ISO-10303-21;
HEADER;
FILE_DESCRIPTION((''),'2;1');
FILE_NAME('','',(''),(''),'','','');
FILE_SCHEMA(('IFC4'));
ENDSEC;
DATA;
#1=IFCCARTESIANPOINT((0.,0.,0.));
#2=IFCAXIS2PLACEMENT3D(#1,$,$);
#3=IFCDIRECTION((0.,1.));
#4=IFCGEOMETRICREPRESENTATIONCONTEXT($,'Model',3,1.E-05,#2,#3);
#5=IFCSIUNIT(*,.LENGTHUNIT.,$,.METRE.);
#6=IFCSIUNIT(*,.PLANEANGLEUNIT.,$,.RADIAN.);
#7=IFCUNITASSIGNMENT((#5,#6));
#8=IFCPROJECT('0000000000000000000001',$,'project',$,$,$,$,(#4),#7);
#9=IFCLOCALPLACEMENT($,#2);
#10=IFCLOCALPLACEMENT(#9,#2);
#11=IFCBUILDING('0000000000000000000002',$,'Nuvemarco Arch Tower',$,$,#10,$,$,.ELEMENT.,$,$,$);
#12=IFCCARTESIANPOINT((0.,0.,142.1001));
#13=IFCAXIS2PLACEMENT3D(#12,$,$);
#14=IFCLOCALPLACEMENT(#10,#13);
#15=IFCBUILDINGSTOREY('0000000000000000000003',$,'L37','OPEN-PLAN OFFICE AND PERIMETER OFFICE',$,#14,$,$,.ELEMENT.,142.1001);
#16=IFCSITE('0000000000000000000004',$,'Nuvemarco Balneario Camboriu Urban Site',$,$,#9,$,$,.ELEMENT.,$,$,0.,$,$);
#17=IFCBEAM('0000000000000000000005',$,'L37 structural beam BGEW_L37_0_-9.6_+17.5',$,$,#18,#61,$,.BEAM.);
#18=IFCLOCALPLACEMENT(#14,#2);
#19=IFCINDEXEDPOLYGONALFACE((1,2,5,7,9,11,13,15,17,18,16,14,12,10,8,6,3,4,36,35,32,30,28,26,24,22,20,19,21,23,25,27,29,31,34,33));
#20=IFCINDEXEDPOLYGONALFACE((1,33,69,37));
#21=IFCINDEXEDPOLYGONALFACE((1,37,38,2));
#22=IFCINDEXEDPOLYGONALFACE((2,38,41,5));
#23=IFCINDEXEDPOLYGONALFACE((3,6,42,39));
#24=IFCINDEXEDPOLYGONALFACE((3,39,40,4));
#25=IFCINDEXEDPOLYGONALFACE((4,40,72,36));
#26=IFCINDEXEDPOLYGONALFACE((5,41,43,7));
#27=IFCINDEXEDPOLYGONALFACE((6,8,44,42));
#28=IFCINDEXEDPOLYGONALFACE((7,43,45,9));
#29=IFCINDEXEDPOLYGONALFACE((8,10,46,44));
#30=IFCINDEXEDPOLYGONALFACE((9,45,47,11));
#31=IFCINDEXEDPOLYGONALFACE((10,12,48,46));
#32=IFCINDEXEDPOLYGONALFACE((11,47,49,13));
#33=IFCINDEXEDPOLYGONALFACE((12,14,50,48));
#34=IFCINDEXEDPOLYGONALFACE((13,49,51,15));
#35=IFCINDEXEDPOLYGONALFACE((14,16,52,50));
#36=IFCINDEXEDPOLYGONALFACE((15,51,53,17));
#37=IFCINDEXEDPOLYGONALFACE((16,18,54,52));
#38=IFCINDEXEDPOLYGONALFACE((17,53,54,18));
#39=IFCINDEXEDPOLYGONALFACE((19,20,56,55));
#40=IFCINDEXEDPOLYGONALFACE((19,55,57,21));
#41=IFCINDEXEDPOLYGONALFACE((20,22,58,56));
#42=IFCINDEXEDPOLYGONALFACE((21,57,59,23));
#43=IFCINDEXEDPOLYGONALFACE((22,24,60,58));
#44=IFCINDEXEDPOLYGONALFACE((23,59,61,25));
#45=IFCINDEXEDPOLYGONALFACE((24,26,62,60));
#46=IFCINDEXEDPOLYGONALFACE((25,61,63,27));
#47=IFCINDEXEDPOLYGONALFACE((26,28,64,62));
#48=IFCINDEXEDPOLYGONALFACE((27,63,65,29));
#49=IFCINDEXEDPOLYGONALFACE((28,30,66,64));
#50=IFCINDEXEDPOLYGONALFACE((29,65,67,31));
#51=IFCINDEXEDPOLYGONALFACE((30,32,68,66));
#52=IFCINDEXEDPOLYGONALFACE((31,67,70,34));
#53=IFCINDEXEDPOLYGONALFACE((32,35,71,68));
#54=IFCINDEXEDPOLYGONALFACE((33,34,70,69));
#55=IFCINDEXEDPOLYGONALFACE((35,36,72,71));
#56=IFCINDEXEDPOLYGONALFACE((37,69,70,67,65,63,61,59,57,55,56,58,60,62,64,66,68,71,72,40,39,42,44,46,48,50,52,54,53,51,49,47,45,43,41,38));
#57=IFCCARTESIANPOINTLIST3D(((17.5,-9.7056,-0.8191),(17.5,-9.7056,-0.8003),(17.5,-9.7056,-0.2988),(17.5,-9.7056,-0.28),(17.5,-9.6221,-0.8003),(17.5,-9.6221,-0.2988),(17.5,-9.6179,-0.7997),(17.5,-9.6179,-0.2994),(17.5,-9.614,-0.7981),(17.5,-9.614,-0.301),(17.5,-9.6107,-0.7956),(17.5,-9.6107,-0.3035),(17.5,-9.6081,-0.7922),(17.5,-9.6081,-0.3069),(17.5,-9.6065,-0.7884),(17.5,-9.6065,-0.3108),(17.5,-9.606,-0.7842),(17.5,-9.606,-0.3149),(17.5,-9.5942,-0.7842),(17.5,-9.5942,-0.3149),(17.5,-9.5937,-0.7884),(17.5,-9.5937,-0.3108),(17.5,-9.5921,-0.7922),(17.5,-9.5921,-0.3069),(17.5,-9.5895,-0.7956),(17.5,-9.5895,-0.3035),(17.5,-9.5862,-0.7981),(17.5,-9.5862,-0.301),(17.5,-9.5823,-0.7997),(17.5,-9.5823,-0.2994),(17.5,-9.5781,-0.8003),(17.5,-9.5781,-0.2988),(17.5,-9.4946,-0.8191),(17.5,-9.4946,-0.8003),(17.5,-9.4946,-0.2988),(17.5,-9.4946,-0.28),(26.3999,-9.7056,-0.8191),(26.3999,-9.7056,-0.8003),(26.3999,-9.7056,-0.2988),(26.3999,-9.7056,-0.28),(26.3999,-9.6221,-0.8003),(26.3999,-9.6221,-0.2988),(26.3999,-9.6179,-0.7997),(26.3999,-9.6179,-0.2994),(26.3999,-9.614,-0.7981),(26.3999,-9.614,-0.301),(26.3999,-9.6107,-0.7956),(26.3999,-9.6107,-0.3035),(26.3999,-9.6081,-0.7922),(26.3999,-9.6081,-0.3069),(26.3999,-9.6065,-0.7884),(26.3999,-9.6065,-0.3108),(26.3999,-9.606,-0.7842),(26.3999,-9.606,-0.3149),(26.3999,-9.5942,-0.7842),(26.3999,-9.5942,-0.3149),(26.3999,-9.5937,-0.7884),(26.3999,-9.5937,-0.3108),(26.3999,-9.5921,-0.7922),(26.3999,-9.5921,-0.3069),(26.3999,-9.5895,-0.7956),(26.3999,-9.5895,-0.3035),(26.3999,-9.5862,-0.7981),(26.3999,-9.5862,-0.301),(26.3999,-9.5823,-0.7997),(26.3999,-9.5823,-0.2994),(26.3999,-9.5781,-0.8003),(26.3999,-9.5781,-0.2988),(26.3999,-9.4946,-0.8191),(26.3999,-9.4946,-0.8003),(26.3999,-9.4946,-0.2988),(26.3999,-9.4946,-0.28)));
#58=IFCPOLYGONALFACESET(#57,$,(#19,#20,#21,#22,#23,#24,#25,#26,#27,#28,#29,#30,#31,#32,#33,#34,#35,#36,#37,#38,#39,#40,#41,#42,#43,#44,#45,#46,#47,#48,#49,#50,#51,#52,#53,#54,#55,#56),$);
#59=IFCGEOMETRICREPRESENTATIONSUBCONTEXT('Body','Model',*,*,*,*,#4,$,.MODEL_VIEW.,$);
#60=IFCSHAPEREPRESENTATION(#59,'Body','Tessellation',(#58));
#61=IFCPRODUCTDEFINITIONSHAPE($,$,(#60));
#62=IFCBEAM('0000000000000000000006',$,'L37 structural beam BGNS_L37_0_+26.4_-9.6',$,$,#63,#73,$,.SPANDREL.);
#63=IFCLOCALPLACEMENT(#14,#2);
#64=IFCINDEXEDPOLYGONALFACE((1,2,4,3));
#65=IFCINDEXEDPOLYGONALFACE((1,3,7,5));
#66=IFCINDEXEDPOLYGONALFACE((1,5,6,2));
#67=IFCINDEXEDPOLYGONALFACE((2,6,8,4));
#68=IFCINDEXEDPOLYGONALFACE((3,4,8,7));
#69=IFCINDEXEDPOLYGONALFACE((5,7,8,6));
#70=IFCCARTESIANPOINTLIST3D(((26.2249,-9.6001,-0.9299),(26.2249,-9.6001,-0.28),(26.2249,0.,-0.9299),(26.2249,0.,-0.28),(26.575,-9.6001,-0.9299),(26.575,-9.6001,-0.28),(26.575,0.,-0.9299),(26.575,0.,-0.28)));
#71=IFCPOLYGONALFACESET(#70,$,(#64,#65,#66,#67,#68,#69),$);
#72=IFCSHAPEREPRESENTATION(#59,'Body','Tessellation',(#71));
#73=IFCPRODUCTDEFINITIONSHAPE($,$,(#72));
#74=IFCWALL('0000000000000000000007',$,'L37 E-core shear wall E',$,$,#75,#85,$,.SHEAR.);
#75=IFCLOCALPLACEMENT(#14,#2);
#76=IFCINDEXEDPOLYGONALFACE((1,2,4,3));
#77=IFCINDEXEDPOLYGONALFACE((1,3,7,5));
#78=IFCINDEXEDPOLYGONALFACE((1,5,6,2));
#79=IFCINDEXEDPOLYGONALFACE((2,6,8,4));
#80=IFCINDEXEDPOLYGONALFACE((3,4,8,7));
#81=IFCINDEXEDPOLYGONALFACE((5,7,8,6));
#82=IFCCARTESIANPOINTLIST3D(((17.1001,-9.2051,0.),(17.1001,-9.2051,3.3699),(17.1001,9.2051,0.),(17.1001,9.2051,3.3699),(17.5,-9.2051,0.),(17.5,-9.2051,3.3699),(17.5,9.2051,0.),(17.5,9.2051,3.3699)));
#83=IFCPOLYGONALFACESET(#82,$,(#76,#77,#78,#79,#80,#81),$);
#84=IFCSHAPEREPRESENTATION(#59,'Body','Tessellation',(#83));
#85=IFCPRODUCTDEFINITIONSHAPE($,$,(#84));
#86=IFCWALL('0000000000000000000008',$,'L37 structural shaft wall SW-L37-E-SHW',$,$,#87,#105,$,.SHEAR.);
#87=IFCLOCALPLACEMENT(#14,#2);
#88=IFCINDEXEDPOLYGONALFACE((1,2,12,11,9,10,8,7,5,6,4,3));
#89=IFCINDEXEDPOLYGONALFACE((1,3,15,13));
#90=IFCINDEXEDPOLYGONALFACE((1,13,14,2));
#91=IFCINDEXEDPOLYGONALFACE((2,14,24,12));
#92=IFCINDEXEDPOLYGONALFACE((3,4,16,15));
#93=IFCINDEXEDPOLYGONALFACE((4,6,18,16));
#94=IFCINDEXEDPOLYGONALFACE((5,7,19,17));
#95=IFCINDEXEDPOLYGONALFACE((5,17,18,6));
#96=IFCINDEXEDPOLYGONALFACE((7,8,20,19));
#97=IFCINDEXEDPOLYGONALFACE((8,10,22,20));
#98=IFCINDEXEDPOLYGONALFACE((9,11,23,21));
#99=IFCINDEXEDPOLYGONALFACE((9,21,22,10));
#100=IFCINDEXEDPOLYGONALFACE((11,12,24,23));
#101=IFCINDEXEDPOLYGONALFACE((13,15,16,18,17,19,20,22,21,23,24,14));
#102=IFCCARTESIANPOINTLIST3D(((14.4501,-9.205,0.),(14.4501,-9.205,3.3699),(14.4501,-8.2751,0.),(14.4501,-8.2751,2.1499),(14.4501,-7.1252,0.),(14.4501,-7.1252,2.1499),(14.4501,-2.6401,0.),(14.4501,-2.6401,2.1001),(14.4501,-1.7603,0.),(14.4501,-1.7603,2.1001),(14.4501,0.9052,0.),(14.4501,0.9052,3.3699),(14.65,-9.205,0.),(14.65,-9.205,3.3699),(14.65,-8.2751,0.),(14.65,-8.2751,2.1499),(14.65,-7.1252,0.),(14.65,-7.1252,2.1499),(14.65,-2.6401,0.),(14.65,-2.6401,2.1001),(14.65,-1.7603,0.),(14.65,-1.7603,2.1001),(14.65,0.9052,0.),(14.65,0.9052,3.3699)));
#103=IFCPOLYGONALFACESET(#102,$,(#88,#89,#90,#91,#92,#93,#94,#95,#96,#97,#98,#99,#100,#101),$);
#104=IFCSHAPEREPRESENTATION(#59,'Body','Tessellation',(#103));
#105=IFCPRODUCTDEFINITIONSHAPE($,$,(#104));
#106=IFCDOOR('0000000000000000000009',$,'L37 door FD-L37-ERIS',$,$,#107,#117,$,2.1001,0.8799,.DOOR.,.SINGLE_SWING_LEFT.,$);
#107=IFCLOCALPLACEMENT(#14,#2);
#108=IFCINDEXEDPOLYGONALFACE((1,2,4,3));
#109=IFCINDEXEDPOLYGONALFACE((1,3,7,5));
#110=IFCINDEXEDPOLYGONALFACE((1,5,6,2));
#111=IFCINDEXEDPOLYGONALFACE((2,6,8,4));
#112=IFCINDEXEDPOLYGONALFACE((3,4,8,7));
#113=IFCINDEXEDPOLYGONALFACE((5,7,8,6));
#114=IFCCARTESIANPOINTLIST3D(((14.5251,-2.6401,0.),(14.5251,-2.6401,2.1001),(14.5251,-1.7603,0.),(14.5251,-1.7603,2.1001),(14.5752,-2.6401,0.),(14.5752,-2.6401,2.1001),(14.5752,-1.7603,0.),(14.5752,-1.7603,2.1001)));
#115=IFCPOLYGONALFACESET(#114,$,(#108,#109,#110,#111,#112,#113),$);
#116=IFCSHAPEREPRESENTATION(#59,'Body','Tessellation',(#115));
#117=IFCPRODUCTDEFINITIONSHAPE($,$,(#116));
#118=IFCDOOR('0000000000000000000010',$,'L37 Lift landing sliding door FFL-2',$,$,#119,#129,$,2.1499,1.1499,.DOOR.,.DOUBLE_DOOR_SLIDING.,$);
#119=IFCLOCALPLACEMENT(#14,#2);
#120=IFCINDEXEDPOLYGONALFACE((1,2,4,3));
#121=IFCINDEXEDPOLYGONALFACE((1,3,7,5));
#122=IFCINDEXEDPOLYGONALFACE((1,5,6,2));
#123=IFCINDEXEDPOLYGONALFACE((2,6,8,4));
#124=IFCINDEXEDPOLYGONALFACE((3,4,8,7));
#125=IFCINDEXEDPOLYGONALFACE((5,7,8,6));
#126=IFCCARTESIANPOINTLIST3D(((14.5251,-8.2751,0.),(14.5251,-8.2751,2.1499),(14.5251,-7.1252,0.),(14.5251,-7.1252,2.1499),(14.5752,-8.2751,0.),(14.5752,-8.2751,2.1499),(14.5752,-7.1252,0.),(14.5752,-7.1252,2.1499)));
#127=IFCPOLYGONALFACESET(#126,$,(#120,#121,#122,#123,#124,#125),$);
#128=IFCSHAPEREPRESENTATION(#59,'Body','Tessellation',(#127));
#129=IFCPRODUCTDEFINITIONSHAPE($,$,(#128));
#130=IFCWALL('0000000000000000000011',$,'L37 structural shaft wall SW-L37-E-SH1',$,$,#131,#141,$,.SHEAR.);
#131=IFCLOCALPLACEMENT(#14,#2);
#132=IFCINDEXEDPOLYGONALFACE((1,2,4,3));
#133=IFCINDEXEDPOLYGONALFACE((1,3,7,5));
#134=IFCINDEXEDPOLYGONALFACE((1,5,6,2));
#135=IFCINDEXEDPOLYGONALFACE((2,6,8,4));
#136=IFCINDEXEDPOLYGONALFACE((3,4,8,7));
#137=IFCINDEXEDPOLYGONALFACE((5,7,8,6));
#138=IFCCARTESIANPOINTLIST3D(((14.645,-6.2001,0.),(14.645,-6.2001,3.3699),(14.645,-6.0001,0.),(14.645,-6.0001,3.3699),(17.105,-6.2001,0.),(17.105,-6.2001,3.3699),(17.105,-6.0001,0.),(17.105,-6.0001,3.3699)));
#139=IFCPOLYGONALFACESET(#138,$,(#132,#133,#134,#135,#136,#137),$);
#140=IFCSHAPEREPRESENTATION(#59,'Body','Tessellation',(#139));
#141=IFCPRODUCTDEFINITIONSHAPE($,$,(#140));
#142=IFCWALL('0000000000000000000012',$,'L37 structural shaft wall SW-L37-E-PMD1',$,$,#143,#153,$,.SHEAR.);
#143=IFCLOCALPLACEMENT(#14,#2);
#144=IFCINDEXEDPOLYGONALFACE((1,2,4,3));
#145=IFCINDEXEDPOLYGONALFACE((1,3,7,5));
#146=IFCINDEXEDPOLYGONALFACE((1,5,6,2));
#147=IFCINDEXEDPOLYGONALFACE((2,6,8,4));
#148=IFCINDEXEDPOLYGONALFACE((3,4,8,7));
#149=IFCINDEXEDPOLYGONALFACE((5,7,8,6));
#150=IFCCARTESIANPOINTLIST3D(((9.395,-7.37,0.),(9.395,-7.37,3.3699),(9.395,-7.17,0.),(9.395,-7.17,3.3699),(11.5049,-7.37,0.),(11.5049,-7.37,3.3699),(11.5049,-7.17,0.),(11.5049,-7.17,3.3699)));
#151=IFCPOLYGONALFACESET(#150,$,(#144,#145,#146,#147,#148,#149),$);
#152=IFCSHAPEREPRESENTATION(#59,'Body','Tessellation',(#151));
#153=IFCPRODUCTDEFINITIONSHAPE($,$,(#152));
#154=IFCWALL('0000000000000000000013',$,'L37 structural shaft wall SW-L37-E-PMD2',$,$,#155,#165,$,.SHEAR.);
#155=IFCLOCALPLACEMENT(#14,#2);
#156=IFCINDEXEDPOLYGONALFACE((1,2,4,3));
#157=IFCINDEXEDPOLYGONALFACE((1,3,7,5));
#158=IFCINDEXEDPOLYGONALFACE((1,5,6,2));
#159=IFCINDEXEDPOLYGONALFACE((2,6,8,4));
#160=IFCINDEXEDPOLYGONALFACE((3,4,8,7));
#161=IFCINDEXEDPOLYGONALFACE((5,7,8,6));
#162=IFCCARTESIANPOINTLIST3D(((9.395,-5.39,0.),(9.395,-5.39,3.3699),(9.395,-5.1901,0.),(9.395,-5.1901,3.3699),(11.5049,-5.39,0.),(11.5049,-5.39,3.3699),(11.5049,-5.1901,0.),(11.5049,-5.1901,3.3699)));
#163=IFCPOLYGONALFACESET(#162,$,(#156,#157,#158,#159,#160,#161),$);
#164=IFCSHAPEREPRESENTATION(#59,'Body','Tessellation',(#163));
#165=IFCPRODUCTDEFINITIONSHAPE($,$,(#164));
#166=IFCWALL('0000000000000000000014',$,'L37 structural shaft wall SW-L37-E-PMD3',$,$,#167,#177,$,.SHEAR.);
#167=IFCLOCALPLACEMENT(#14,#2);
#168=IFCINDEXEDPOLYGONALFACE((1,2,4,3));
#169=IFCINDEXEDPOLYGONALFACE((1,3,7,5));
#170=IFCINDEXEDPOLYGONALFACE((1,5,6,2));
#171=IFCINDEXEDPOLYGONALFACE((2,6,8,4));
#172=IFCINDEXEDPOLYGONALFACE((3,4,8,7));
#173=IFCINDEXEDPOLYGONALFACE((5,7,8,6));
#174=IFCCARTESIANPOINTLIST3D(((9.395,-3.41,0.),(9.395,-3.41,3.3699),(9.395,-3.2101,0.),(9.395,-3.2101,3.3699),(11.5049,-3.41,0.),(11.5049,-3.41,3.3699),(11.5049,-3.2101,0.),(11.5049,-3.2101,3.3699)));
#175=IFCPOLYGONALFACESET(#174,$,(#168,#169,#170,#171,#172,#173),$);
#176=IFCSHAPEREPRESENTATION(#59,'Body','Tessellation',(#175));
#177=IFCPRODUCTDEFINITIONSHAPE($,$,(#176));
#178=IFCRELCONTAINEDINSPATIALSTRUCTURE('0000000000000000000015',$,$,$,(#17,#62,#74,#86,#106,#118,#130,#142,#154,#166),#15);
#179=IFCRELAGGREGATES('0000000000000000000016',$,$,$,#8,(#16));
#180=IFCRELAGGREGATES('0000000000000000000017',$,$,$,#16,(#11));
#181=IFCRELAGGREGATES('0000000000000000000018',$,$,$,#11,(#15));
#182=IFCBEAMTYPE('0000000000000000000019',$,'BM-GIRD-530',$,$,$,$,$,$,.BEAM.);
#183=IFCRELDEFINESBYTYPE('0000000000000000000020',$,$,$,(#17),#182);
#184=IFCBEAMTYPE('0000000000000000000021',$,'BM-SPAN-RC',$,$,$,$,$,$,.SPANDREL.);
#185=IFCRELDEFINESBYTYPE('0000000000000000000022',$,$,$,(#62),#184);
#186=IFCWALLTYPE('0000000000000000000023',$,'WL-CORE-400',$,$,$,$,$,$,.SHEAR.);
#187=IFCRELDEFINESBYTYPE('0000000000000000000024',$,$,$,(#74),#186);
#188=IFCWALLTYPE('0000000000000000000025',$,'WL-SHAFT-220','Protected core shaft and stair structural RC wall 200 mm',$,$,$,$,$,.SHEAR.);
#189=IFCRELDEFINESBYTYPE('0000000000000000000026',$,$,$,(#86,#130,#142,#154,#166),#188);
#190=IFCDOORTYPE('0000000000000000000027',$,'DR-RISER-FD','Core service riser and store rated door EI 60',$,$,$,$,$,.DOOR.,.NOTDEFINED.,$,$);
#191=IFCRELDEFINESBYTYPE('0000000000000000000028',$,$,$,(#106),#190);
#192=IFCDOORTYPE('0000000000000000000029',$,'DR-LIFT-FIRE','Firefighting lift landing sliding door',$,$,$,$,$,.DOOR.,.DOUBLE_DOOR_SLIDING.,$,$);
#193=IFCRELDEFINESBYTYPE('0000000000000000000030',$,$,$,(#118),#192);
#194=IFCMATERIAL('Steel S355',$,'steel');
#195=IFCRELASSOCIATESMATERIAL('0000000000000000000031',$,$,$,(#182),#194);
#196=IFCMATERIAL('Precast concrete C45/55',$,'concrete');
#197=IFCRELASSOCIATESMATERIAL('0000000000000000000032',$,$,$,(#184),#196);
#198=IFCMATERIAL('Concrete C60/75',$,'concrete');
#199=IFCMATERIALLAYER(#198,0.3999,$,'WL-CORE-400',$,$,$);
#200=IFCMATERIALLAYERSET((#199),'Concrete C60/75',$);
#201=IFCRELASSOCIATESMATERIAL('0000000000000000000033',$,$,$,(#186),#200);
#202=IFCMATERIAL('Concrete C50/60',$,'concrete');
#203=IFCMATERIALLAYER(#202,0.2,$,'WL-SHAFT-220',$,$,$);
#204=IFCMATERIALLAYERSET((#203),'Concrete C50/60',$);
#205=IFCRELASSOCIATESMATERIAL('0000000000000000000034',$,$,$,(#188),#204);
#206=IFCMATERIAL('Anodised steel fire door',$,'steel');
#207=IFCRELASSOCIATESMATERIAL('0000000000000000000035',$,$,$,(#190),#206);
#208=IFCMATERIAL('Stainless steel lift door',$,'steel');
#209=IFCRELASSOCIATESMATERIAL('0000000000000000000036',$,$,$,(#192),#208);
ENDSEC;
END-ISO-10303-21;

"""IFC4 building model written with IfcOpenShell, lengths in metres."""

from ifc_helpers import new_model, si_unit, direction, frame, frame_2d, origin, origin_2d, place, context, subcontext, project, spatial, rectangle, i_section, extrude, source, transform, mapped, material, layer, layer_set, material_profile, profile_set, type_object, type_shapes, element, fill, save


model = new_model("IFC4")

# Units and contexts
model_context = context("Model", 3, precision=1e-05, world=origin(), true_north=direction((0.0, 1.0)))
body_context = subcontext(model_context, "Body", "Model", "MODEL_VIEW")
ifc_project = project(units=[si_unit("LENGTHUNIT", "METRE"), si_unit("PLANEANGLEUNIT", "RADIAN")], contexts=[model_context])

# Site, building, storey
site_placement = place(None, origin())
site = spatial("IfcSite", under=ifc_project, at=site_placement, Name="Nuvemarco Balneario Camboriu Urban Site", CompositionType="ELEMENT", RefElevation=0.0)
building_placement = place(site_placement, origin())
building = spatial("IfcBuilding", under=site, at=building_placement, Name="Nuvemarco Arch Tower", CompositionType="ELEMENT")
storey_placement = place(building_placement, frame((0.0, 0.0, 142.1001)))
storey = spatial("IfcBuildingStorey", under=building, at=storey_placement, Name="L37", Description="OPEN-PLAN OFFICE AND PERIMETER OFFICE", CompositionType="ELEMENT", Elevation=142.1001)

# Shared definitions
ifc_material_1 = material(Name="Concrete C50/60", Category="concrete")
ifc_material_2 = material(Name="Steel S355", Category="steel")

# Beams
ifc_material_profile_1 = material_profile(ifc_material_2, i_section(OverallWidth=0.2109, OverallDepth=0.5391, WebThickness=0.0117, FlangeThickness=0.0188, FilletRadius=0.0161, at=origin_2d()), Name="W530x109")
ifc_profile_set_1 = profile_set([ifc_material_profile_1], Name="Steel S355")
beam_type_1 = type_object("IfcBeamType", Name="BM-GIRD-530", PredefinedType="BEAM", material=ifc_profile_set_1)
beam_1_placement = place(storey_placement, frame((17.5, -9.6001, -0.5496), z_axis=(1.0, 0.0, 0.0), x_axis=(0.0, 1.0, 0.0)))
element("IfcBeam", 1, at=beam_1_placement, inside=storey, type_object=beam_type_1, Name="L37 structural beam BGEW_L37_0_-9.6_+17.5", PredefinedType="BEAM", context=body_context, shape_type="SweptSolid", body=[
    extrude(i_section(OverallWidth=0.2109, OverallDepth=0.5391, WebThickness=0.0117, FlangeThickness=0.0188, FilletRadius=0.0161, at=origin_2d()), origin(), (0.0, 0.0, 1.0), 8.8999),
])
ifc_material_3 = material(Name="Precast concrete C45/55", Category="concrete")
ifc_material_profile_2 = material_profile(ifc_material_3, rectangle(XDim=0.3501, YDim=0.6499, at=origin_2d()), Name="PC-SP-350x650")
ifc_profile_set_2 = profile_set([ifc_material_profile_2], Name="Precast concrete C45/55")
beam_type_2 = type_object("IfcBeamType", Name="BM-SPAN-RC", PredefinedType="SPANDREL", material=ifc_profile_set_2)
beam_2_placement = place(storey_placement, frame((26.3999, -9.6001, -0.605), z_axis=(0.0, 1.0, 0.0), x_axis=(-1.0, 0.0, 0.0)))
element("IfcBeam", 2, at=beam_2_placement, inside=storey, type_object=beam_type_2, Name="L37 structural beam BGNS_L37_0_+26.4_-9.6", PredefinedType="SPANDREL", context=body_context, shape_type="SweptSolid", body=[
    extrude(rectangle(XDim=0.3501, YDim=0.6499, at=origin_2d()), origin(), (0.0, 0.0, 1.0), 9.6001),
])

# Wall
ifc_material_4 = material(Name="Concrete C60/75", Category="concrete")
ifc_layer_1 = layer(ifc_material_4, 0.3999, Name="WL-CORE-400")
ifc_layer_set_1 = layer_set([ifc_layer_1], Name="Concrete C60/75")
wall_type_1 = type_object("IfcWallType", Name="WL-CORE-400", PredefinedType="SHEAR", material=ifc_layer_set_1)
wall_1_placement = place(storey_placement, frame((17.3, -9.2051, 0.0), z_axis=(0.0, 0.0, 1.0), x_axis=(0.0, 1.0, 0.0)))
element("IfcWall", 3, at=wall_1_placement, inside=storey, type_object=wall_type_1, Name="L37 E-core shear wall E", PredefinedType="SHEAR", context=body_context, shape_type="SweptSolid", body=[
    extrude(rectangle(XDim=18.4102, YDim=0.3999, at=frame_2d((9.2051, 0.0))), origin(), (0.0, 0.0, 1.0), 3.3699),
])

# Wall, openings, doors
ifc_layer_2 = layer(ifc_material_1, 0.2, Name="WL-SHAFT-220")
ifc_layer_set_2 = layer_set([ifc_layer_2], Name="Concrete C50/60")
wall_type_2 = type_object("IfcWallType", Name="WL-SHAFT-220", Description="Protected core shaft and stair structural RC wall 200 mm", PredefinedType="SHEAR", material=ifc_layer_set_2)
wall_2_placement = place(storey_placement, frame((14.55, -9.2051, 0.0), z_axis=(0.0, 0.0, 1.0), x_axis=(0.0, 1.0, 0.0)))
wall_2 = element("IfcWall", 4, at=wall_2_placement, inside=storey, type_object=wall_type_2, Name="L37 structural shaft wall SW-L37-E-SHW", PredefinedType="SHEAR", context=body_context, shape_type="SweptSolid", body=[
    extrude(rectangle(XDim=10.1101, YDim=0.2, at=frame_2d((5.0552, 0.0))), origin(), (0.0, 0.0, 1.0), 3.3699),
])
opening_1_placement = place(wall_2_placement, frame((6.5649, 0.0, 0.0)))
opening_1 = element("IfcOpeningElement", 5, at=opening_1_placement, cuts=wall_2, PredefinedType="OPENING", context=body_context, shape_type="SweptSolid", body=[
    extrude(rectangle(XDim=0.8799, YDim=2.1001, at=frame_2d((0.4399, 1.05))), frame((0.0, 0.1099, 0.0), z_axis=(0.0, -1.0, 0.0), x_axis=(1.0, 0.0, 0.0)), (0.0, 0.0, 1.0), 0.22),
])
opening_2_placement = place(wall_2_placement, frame((0.9299, 0.0, 0.0)))
opening_2 = element("IfcOpeningElement", 6, at=opening_2_placement, cuts=wall_2, PredefinedType="OPENING", context=body_context, shape_type="SweptSolid", body=[
    extrude(rectangle(XDim=1.1499, YDim=2.1499, at=frame_2d((0.575, 1.075))), frame((0.0, 0.1099, 0.0), z_axis=(0.0, -1.0, 0.0), x_axis=(1.0, 0.0, 0.0)), (0.0, 0.0, 1.0), 0.22),
])
ifc_material_5 = material(Name="Anodised steel fire door", Category="steel")
door_type_1 = type_object("IfcDoorType", Name="DR-RISER-FD", Description="Core service riser and store rated door EI 60", OperationType="NOTDEFINED", PredefinedType="DOOR", material=ifc_material_5)
shared_shape_1 = source(origin(), body_context, "Body", "SweptSolid", [
    extrude(rectangle(XDim=0.8799, YDim=2.1001, at=frame_2d((0.4399, 1.05))), frame((0.0, 0.0249, 0.0), z_axis=(0.0, -1.0, 0.0), x_axis=(1.0, 0.0, 0.0)), (0.0, 0.0, 1.0), 0.05),
])
type_shapes(door_type_1, [shared_shape_1])
door_1_placement = place(opening_1_placement, origin())
door_1 = element("IfcDoor", 7, at=door_1_placement, inside=storey, type_object=door_type_1, Name="L37 door FD-L37-ERIS", OperationType="SINGLE_SWING_LEFT", OverallHeight=2.1001, OverallWidth=0.8799, PredefinedType="DOOR", context=body_context, shape_type="MappedRepresentation", body=[
    mapped(shared_shape_1, transform((0.0, 0.0, 0.0), scale=1.0)),
])
fill(opening_1, door_1)
ifc_material_6 = material(Name="Stainless steel lift door", Category="steel")
door_type_2 = type_object("IfcDoorType", Name="DR-LIFT-FIRE", Description="Firefighting lift landing sliding door", OperationType="DOUBLE_DOOR_SLIDING", PredefinedType="DOOR", material=ifc_material_6)
shared_shape_2 = source(origin(), body_context, "Body", "SweptSolid", [
    extrude(rectangle(XDim=1.1499, YDim=2.1499, at=frame_2d((0.575, 1.075))), frame((0.0, 0.0249, 0.0), z_axis=(0.0, -1.0, 0.0), x_axis=(1.0, 0.0, 0.0)), (0.0, 0.0, 1.0), 0.05),
])
type_shapes(door_type_2, [shared_shape_2])
door_2_placement = place(opening_2_placement, origin())
door_2 = element("IfcDoor", 8, at=door_2_placement, inside=storey, type_object=door_type_2, Name="L37 Lift landing sliding door FFL-2", OperationType="DOUBLE_DOOR_SLIDING", OverallHeight=2.1499, OverallWidth=1.1499, PredefinedType="DOOR", context=body_context, shape_type="MappedRepresentation", body=[
    mapped(shared_shape_2, transform((0.0, 0.0, 0.0), scale=1.0)),
])
fill(opening_2, door_2)

# Wall
wall_3_placement = place(storey_placement, frame((14.645, -6.1001, 0.0), z_axis=(0.0, 0.0, 1.0), x_axis=(1.0, 0.0, 0.0)))
element("IfcWall", 9, at=wall_3_placement, inside=storey, type_object=wall_type_2, Name="L37 structural shaft wall SW-L37-E-SH1", PredefinedType="SHEAR", context=body_context, shape_type="SweptSolid", body=[
    extrude(rectangle(XDim=2.46, YDim=0.2, at=frame_2d((1.23, 0.0))), origin(), (0.0, 0.0, 1.0), 3.3699),
])

# Walls
for number, where, z_axis, x_axis, name in (
    (10, (9.395, -7.27, 0.0), (0.0, 0.0, 1.0), (1.0, 0.0, 0.0), "L37 structural shaft wall SW-L37-E-PMD1"),
    (11, (9.395, -5.29, 0.0), (0.0, 0.0, 1.0), (1.0, 0.0, 0.0), "L37 structural shaft wall SW-L37-E-PMD2"),
    (12, (9.395, -3.3101, 0.0), (0.0, 0.0, 1.0), (1.0, 0.0, 0.0), "L37 structural shaft wall SW-L37-E-PMD3"),
):
    element("IfcWall", number, at=place(storey_placement, frame(where, z_axis=z_axis, x_axis=x_axis)), inside=storey, type_object=wall_type_2, Name=name, PredefinedType="SHEAR", context=body_context, shape_type="SweptSolid", body=[
        extrude(rectangle(XDim=2.1099, YDim=0.2, at=frame_2d((1.0549, 0.0))), origin(), (0.0, 0.0, 1.0), 3.3699),
    ])

save(model, "model.ifc")
